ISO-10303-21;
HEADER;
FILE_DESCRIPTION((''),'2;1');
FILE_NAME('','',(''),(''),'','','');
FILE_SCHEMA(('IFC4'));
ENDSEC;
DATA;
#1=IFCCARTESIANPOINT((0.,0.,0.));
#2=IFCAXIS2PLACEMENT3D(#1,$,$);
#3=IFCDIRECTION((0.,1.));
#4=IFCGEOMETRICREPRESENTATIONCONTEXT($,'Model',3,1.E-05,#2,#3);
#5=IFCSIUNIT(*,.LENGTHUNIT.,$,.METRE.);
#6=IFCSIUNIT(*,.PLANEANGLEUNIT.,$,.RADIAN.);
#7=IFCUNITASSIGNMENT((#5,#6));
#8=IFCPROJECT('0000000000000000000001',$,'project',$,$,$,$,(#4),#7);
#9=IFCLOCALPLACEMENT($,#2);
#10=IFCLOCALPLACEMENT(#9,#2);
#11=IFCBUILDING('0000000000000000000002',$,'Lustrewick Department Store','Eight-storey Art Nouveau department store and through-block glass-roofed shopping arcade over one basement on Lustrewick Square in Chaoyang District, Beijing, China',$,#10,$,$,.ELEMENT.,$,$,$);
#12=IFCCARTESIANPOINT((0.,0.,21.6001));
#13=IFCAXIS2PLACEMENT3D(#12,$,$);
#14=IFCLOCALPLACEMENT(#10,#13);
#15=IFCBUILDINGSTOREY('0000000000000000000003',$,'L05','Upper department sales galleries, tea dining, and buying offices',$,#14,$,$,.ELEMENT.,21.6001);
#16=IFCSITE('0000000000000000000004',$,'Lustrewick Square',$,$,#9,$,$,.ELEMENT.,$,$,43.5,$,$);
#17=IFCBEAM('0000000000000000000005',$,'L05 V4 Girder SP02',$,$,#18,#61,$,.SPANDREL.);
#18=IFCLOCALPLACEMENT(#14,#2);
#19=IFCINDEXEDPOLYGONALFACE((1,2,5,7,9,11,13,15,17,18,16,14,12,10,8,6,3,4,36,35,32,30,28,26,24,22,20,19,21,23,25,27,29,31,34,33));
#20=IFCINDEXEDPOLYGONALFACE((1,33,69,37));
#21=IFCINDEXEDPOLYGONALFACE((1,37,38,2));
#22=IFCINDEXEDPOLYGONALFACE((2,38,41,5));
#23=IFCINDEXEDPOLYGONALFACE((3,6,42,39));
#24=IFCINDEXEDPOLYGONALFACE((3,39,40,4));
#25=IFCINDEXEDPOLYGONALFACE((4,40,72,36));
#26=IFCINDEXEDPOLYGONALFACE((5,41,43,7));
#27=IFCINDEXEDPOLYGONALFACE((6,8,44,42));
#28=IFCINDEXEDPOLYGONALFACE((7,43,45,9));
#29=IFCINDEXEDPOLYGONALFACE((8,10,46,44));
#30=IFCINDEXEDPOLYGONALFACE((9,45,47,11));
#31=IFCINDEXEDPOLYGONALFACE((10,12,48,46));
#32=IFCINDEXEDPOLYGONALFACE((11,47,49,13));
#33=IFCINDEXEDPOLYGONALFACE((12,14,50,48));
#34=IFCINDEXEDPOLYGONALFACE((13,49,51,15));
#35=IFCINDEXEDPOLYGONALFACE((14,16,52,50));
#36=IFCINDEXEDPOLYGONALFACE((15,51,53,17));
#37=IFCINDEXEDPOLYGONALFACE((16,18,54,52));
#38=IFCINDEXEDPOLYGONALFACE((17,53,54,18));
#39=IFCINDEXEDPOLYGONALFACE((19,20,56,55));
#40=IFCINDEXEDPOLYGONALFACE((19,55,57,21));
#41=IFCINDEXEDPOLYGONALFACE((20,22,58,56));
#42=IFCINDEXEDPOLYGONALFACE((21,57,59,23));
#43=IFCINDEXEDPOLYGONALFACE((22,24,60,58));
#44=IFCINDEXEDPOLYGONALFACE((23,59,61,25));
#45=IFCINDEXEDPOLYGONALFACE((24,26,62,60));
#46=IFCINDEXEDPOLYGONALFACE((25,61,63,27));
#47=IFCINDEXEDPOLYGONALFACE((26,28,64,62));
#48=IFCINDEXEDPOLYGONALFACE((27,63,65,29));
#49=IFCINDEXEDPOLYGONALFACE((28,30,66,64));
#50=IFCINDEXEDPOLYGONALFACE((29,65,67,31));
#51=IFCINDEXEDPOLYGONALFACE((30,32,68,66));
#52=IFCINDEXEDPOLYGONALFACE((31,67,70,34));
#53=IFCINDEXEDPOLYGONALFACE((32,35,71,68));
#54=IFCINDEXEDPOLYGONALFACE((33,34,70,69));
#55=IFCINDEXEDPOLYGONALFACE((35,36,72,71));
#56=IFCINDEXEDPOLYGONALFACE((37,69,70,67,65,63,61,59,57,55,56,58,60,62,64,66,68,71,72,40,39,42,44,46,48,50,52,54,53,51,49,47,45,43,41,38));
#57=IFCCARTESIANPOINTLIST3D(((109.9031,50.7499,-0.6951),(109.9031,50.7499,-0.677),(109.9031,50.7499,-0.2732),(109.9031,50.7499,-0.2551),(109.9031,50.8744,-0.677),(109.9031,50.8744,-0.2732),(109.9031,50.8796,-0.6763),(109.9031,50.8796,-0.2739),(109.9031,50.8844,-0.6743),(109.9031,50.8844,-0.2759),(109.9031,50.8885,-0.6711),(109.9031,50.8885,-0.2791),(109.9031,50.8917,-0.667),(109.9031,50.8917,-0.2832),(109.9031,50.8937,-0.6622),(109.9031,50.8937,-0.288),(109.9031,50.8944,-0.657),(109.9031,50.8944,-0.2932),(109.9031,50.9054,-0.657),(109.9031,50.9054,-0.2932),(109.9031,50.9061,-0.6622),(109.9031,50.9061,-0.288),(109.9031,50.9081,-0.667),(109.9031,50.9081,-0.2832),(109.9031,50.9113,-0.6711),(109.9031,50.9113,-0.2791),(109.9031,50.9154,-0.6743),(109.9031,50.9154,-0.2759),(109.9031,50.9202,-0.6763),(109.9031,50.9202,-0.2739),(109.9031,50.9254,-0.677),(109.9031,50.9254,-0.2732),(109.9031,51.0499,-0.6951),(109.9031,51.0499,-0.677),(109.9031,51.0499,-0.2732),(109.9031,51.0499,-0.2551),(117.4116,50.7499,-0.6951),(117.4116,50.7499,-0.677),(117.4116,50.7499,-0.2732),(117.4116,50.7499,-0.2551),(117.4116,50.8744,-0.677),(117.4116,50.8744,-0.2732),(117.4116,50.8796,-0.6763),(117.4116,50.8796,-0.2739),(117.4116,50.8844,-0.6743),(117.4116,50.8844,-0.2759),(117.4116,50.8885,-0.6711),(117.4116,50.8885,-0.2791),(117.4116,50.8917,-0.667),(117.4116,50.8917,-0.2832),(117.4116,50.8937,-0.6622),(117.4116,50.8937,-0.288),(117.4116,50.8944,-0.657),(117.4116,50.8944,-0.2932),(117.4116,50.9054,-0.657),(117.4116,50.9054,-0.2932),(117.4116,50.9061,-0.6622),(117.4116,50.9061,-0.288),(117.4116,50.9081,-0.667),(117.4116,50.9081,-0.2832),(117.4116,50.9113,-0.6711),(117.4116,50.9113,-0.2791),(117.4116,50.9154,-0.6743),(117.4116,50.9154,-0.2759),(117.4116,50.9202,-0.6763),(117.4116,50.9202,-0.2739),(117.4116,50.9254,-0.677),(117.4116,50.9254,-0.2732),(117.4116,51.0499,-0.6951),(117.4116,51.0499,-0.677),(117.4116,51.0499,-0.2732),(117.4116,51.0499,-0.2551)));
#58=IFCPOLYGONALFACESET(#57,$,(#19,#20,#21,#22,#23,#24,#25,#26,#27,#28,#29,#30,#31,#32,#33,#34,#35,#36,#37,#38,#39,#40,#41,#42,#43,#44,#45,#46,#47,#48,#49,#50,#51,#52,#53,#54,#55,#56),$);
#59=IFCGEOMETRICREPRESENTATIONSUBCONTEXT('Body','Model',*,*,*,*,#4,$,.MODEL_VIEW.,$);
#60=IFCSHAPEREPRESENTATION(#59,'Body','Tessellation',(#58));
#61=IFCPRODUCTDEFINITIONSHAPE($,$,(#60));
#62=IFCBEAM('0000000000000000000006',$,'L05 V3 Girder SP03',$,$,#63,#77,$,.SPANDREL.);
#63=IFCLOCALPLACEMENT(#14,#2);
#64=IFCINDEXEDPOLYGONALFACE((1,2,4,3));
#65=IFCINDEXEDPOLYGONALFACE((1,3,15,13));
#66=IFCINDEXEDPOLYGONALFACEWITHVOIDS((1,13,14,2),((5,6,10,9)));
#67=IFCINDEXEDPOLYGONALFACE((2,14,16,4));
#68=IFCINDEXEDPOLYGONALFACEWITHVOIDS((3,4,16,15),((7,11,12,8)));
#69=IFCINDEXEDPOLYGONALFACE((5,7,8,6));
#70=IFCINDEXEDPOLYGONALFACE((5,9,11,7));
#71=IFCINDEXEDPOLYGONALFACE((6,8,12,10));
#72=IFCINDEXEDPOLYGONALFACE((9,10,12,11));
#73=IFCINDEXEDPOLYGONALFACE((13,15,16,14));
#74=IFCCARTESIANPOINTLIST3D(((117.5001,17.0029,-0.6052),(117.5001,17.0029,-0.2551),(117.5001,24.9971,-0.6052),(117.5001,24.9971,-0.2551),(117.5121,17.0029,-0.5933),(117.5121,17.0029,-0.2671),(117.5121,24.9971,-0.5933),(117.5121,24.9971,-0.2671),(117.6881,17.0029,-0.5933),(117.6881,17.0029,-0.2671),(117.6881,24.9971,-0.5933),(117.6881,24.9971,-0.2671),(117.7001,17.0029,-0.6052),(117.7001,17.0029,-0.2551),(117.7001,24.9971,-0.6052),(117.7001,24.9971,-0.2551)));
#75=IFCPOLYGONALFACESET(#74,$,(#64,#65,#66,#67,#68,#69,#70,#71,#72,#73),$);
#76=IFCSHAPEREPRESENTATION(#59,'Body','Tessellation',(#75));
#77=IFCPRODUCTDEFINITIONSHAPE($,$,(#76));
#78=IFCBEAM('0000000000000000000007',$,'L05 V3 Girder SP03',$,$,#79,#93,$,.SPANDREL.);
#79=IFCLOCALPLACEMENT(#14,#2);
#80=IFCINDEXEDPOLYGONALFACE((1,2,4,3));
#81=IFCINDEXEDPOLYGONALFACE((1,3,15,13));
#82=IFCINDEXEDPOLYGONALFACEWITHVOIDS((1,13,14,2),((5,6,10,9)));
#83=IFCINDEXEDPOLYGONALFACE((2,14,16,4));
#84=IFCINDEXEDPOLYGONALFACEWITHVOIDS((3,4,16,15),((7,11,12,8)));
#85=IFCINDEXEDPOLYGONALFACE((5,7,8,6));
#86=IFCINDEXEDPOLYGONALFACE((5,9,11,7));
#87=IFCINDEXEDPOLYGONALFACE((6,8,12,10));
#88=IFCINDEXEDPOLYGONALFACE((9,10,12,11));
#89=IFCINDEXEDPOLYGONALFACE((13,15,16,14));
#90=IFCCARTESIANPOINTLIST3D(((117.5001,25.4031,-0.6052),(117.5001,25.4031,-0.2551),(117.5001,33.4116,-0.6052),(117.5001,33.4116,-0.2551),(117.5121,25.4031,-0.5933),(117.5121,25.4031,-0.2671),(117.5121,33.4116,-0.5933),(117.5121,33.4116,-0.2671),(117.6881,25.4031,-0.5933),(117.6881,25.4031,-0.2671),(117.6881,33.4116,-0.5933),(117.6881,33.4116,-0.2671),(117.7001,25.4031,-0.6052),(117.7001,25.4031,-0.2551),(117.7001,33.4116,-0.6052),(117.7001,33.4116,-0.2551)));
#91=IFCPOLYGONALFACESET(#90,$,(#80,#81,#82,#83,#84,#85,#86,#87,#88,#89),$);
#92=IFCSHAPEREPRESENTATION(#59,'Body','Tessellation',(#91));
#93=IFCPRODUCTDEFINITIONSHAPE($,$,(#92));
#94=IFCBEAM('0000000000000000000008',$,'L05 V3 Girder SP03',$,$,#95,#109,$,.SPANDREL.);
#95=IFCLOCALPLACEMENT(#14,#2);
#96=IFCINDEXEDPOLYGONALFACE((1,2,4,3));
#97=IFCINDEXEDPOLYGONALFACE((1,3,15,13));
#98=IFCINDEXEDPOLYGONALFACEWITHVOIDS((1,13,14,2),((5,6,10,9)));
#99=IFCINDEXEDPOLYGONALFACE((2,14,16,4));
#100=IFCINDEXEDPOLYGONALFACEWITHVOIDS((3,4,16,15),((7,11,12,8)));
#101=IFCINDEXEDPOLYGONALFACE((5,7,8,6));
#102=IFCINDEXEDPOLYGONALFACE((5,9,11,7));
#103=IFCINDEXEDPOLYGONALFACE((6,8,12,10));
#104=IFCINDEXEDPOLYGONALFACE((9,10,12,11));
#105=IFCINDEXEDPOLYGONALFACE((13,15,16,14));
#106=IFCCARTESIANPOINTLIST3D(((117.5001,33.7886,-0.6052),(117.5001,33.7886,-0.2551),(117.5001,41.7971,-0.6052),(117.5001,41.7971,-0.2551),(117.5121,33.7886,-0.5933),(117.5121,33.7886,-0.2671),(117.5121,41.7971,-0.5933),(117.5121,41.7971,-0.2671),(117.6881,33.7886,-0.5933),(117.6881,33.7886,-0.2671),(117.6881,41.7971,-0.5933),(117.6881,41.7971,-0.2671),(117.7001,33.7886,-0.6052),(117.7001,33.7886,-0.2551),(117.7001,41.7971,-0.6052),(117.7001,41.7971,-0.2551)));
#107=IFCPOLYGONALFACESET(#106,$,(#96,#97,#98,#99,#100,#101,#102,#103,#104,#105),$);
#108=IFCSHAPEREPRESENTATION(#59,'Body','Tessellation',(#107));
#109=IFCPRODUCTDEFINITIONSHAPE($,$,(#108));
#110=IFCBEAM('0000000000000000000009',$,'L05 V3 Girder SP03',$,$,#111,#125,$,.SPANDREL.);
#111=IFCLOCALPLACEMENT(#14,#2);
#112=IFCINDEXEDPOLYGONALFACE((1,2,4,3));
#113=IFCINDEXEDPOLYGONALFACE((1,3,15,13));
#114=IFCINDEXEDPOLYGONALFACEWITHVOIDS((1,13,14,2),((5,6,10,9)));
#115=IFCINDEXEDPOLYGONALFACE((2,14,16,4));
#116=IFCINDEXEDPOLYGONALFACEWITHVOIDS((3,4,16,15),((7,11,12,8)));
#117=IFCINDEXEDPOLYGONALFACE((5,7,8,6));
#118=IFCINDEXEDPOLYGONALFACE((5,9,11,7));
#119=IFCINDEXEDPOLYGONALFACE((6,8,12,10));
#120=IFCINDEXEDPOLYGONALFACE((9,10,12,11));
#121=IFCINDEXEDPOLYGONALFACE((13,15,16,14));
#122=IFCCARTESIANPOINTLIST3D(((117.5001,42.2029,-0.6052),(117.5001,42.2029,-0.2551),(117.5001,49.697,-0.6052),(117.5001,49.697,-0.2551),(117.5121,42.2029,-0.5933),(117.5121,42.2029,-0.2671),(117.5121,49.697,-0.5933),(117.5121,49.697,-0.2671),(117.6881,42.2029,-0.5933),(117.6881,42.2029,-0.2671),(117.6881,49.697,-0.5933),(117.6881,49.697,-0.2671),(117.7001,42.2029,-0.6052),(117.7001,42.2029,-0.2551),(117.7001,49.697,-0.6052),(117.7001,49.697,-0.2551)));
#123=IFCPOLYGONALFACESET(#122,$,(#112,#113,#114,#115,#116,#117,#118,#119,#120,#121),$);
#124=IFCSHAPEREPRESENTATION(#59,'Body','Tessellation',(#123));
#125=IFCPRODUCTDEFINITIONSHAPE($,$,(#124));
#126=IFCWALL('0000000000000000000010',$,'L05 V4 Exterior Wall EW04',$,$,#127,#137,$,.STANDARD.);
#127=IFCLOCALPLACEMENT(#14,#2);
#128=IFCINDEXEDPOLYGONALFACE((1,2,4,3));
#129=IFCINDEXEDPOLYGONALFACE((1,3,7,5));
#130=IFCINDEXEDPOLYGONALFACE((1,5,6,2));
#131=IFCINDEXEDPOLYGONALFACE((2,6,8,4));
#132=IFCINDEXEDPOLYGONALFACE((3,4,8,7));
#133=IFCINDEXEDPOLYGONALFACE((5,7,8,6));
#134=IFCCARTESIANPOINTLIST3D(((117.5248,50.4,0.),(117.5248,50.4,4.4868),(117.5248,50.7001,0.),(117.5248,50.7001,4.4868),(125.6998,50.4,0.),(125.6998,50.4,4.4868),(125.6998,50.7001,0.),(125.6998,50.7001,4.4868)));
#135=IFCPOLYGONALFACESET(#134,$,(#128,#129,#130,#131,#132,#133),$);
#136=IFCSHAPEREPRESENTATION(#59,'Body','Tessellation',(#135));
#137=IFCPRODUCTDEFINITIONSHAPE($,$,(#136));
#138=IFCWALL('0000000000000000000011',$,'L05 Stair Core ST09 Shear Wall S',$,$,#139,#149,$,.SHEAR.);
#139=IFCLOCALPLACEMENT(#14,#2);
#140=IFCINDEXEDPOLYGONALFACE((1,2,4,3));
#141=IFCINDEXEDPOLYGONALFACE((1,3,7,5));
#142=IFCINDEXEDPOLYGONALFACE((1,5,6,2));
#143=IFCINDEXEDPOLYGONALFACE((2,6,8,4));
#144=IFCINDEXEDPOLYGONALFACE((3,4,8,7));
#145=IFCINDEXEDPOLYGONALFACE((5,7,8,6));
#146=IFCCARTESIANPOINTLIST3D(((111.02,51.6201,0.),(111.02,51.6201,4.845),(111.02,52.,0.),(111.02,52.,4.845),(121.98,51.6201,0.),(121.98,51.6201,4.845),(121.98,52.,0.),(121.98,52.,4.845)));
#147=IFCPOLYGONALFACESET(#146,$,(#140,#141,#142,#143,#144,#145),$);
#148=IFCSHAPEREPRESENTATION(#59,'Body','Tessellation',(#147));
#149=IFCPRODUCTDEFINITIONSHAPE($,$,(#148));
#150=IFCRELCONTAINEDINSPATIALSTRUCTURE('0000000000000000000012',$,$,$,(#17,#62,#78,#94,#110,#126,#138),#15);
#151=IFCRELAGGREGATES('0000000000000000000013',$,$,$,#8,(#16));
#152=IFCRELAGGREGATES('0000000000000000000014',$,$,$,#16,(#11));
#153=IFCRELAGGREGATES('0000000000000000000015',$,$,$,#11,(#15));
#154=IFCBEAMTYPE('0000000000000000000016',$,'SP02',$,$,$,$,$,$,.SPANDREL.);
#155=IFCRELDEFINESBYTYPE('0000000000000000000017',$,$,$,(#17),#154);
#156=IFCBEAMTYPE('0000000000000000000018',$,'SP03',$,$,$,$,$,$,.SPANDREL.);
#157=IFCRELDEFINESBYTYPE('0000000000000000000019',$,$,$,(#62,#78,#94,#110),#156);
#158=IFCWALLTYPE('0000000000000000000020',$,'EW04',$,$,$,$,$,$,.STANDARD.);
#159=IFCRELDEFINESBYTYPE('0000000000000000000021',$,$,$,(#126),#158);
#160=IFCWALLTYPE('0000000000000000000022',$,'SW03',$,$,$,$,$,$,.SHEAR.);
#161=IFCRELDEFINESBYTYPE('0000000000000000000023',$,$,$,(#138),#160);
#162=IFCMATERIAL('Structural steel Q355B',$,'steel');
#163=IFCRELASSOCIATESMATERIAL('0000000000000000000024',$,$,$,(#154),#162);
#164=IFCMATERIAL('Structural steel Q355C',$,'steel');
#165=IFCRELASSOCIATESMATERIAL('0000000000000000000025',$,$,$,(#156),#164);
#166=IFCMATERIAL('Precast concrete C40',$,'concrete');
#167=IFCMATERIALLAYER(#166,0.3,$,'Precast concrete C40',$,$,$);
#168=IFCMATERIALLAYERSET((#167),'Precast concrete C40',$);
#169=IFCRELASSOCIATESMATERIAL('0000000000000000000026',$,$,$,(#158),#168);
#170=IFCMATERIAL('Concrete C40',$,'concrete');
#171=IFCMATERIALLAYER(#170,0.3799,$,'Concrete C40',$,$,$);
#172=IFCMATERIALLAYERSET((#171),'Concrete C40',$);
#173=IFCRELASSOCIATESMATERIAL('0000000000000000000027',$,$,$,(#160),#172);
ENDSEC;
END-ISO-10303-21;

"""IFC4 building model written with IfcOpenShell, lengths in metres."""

from ifc_helpers import new_model, si_unit, direction, frame, frame_2d, origin, origin_2d, place, context, subcontext, project, spatial, rectangle, hollow_rectangle, i_section, extrude, material, layer, layer_set, material_profile, profile_set, type_object, element, save


model = new_model("IFC4")

# Units and contexts
model_context = context("Model", 3, precision=1e-05, world=origin(), true_north=direction((0.0, 1.0)))
body_context = subcontext(model_context, "Body", "Model", "MODEL_VIEW")
ifc_project = project(units=[si_unit("LENGTHUNIT", "METRE"), si_unit("PLANEANGLEUNIT", "RADIAN")], contexts=[model_context])

# Site, building, storey
site_placement = place(None, origin())
site = spatial("IfcSite", under=ifc_project, at=site_placement, Name="Lustrewick Square", CompositionType="ELEMENT", RefElevation=43.5)
building_placement = place(site_placement, origin())
building = spatial("IfcBuilding", under=site, at=building_placement, Name="Lustrewick Department Store", Description="Eight-storey Art Nouveau department store and through-block glass-roofed shopping arcade over one basement on Lustrewick Square in Chaoyang District, Beijing, China", CompositionType="ELEMENT")
storey_placement = place(building_placement, frame((0.0, 0.0, 21.6001)))
storey = spatial("IfcBuildingStorey", under=building, at=storey_placement, Name="L05", Description="Upper department sales galleries, tea dining, and buying offices", CompositionType="ELEMENT", Elevation=21.6001)

# Shared definitions
ifc_material_1 = material(Name="Structural steel Q355B", Category="steel")

# Beams
ifc_material_profile_1 = material_profile(ifc_material_1, i_section(OverallWidth=0.3, OverallDepth=0.4399, WebThickness=0.011, FlangeThickness=0.0181, FilletRadius=0.02, at=origin_2d()), Name="HM 440x300x11x18")
ifc_profile_set_1 = profile_set([ifc_material_profile_1], Name="Structural steel Q355B")
beam_type_1 = type_object("IfcBeamType", Name="SP02", PredefinedType="SPANDREL", material=ifc_profile_set_1)
beam_1_placement = place(storey_placement, frame((109.9031, 50.8999, -0.4751), z_axis=(1.0, 0.0, 0.0), x_axis=(0.0, 1.0, 0.0)))
element("IfcBeam", 1, at=beam_1_placement, inside=storey, type_object=beam_type_1, Name="L05 V4 Girder SP02", PredefinedType="SPANDREL", context=body_context, shape_type="SweptSolid", body=[
    extrude(i_section(OverallWidth=0.3, OverallDepth=0.4399, WebThickness=0.011, FlangeThickness=0.0181, FilletRadius=0.02, at=origin_2d()), origin(), (0.0, 0.0, 1.0), 7.5085),
])
ifc_material_2 = material(Name="Structural steel Q355C", Category="steel")
ifc_material_profile_2 = material_profile(ifc_material_2, hollow_rectangle(XDim=0.2, YDim=0.3501, WallThickness=0.012, at=origin_2d()), Name="RHS 350x200x12")
ifc_profile_set_2 = profile_set([ifc_material_profile_2], Name="Structural steel Q355C")
beam_type_2 = type_object("IfcBeamType", Name="SP03", PredefinedType="SPANDREL", material=ifc_profile_set_2)
beam_2_placement = place(storey_placement, frame((117.6001, 17.0029, -0.4302), z_axis=(0.0, 1.0, 0.0), x_axis=(-1.0, 0.0, 0.0)))
element("IfcBeam", 2, at=beam_2_placement, inside=storey, type_object=beam_type_2, Name="L05 V3 Girder SP03", PredefinedType="SPANDREL", context=body_context, shape_type="SweptSolid", body=[
    extrude(hollow_rectangle(XDim=0.2, YDim=0.3501, WallThickness=0.012, at=origin_2d()), origin(), (0.0, 0.0, 1.0), 7.9941),
])
for number, where, z_axis, x_axis, name in (
    (3, (117.6001, 25.4031, -0.4302), (0.0, 1.0, 0.0), (-1.0, 0.0, 0.0), "L05 V3 Girder SP03"),
    (4, (117.6001, 33.7886, -0.4302), (0.0, 1.0, 0.0), (-1.0, 0.0, 0.0), "L05 V3 Girder SP03"),
):
    element("IfcBeam", number, at=place(storey_placement, frame(where, z_axis=z_axis, x_axis=x_axis)), inside=storey, type_object=beam_type_2, Name=name, PredefinedType="SPANDREL", context=body_context, shape_type="SweptSolid", body=[
        extrude(hollow_rectangle(XDim=0.2, YDim=0.3501, WallThickness=0.012, at=origin_2d()), origin(), (0.0, 0.0, 1.0), 8.0085),
    ])
beam_3_placement = place(storey_placement, frame((117.6001, 42.2029, -0.4302), z_axis=(0.0, 1.0, 0.0), x_axis=(-1.0, 0.0, 0.0)))
element("IfcBeam", 5, at=beam_3_placement, inside=storey, type_object=beam_type_2, Name="L05 V3 Girder SP03", PredefinedType="SPANDREL", context=body_context, shape_type="SweptSolid", body=[
    extrude(hollow_rectangle(XDim=0.2, YDim=0.3501, WallThickness=0.012, at=origin_2d()), origin(), (0.0, 0.0, 1.0), 7.4941),
])

# Walls
ifc_material_3 = material(Name="Precast concrete C40", Category="concrete")
ifc_layer_1 = layer(ifc_material_3, 0.3, Name="Precast concrete C40")
ifc_layer_set_1 = layer_set([ifc_layer_1], Name="Precast concrete C40")
wall_type_1 = type_object("IfcWallType", Name="EW04", PredefinedType="STANDARD", material=ifc_layer_set_1)
wall_1_placement = place(storey_placement, frame((117.5249, 50.55, 0.0), z_axis=(0.0, 0.0, 1.0), x_axis=(1.0, 0.0, 0.0)))
element("IfcWall", 6, at=wall_1_placement, inside=storey, type_object=wall_type_1, Name="L05 V4 Exterior Wall EW04", PredefinedType="STANDARD", context=body_context, shape_type="SweptSolid", body=[
    extrude(rectangle(XDim=8.175, YDim=0.3, at=frame_2d((4.0874, 0.0))), origin(), (0.0, 0.0, 1.0), 4.4868),
])
ifc_material_4 = material(Name="Concrete C40", Category="concrete")
ifc_layer_2 = layer(ifc_material_4, 0.3799, Name="Concrete C40")
ifc_layer_set_2 = layer_set([ifc_layer_2], Name="Concrete C40")
wall_type_2 = type_object("IfcWallType", Name="SW03", PredefinedType="SHEAR", material=ifc_layer_set_2)
wall_2_placement = place(storey_placement, frame((111.02, 51.8101, 0.0), z_axis=(0.0, 0.0, 1.0), x_axis=(1.0, 0.0, 0.0)))
element("IfcWall", 7, at=wall_2_placement, inside=storey, type_object=wall_type_2, Name="L05 Stair Core ST09 Shear Wall S", PredefinedType="SHEAR", context=body_context, shape_type="SweptSolid", body=[
    extrude(rectangle(XDim=10.96, YDim=0.3799, at=frame_2d((5.48, 0.0))), origin(), (0.0, 0.0, 1.0), 4.845),
])

save(model, "model.ifc")
